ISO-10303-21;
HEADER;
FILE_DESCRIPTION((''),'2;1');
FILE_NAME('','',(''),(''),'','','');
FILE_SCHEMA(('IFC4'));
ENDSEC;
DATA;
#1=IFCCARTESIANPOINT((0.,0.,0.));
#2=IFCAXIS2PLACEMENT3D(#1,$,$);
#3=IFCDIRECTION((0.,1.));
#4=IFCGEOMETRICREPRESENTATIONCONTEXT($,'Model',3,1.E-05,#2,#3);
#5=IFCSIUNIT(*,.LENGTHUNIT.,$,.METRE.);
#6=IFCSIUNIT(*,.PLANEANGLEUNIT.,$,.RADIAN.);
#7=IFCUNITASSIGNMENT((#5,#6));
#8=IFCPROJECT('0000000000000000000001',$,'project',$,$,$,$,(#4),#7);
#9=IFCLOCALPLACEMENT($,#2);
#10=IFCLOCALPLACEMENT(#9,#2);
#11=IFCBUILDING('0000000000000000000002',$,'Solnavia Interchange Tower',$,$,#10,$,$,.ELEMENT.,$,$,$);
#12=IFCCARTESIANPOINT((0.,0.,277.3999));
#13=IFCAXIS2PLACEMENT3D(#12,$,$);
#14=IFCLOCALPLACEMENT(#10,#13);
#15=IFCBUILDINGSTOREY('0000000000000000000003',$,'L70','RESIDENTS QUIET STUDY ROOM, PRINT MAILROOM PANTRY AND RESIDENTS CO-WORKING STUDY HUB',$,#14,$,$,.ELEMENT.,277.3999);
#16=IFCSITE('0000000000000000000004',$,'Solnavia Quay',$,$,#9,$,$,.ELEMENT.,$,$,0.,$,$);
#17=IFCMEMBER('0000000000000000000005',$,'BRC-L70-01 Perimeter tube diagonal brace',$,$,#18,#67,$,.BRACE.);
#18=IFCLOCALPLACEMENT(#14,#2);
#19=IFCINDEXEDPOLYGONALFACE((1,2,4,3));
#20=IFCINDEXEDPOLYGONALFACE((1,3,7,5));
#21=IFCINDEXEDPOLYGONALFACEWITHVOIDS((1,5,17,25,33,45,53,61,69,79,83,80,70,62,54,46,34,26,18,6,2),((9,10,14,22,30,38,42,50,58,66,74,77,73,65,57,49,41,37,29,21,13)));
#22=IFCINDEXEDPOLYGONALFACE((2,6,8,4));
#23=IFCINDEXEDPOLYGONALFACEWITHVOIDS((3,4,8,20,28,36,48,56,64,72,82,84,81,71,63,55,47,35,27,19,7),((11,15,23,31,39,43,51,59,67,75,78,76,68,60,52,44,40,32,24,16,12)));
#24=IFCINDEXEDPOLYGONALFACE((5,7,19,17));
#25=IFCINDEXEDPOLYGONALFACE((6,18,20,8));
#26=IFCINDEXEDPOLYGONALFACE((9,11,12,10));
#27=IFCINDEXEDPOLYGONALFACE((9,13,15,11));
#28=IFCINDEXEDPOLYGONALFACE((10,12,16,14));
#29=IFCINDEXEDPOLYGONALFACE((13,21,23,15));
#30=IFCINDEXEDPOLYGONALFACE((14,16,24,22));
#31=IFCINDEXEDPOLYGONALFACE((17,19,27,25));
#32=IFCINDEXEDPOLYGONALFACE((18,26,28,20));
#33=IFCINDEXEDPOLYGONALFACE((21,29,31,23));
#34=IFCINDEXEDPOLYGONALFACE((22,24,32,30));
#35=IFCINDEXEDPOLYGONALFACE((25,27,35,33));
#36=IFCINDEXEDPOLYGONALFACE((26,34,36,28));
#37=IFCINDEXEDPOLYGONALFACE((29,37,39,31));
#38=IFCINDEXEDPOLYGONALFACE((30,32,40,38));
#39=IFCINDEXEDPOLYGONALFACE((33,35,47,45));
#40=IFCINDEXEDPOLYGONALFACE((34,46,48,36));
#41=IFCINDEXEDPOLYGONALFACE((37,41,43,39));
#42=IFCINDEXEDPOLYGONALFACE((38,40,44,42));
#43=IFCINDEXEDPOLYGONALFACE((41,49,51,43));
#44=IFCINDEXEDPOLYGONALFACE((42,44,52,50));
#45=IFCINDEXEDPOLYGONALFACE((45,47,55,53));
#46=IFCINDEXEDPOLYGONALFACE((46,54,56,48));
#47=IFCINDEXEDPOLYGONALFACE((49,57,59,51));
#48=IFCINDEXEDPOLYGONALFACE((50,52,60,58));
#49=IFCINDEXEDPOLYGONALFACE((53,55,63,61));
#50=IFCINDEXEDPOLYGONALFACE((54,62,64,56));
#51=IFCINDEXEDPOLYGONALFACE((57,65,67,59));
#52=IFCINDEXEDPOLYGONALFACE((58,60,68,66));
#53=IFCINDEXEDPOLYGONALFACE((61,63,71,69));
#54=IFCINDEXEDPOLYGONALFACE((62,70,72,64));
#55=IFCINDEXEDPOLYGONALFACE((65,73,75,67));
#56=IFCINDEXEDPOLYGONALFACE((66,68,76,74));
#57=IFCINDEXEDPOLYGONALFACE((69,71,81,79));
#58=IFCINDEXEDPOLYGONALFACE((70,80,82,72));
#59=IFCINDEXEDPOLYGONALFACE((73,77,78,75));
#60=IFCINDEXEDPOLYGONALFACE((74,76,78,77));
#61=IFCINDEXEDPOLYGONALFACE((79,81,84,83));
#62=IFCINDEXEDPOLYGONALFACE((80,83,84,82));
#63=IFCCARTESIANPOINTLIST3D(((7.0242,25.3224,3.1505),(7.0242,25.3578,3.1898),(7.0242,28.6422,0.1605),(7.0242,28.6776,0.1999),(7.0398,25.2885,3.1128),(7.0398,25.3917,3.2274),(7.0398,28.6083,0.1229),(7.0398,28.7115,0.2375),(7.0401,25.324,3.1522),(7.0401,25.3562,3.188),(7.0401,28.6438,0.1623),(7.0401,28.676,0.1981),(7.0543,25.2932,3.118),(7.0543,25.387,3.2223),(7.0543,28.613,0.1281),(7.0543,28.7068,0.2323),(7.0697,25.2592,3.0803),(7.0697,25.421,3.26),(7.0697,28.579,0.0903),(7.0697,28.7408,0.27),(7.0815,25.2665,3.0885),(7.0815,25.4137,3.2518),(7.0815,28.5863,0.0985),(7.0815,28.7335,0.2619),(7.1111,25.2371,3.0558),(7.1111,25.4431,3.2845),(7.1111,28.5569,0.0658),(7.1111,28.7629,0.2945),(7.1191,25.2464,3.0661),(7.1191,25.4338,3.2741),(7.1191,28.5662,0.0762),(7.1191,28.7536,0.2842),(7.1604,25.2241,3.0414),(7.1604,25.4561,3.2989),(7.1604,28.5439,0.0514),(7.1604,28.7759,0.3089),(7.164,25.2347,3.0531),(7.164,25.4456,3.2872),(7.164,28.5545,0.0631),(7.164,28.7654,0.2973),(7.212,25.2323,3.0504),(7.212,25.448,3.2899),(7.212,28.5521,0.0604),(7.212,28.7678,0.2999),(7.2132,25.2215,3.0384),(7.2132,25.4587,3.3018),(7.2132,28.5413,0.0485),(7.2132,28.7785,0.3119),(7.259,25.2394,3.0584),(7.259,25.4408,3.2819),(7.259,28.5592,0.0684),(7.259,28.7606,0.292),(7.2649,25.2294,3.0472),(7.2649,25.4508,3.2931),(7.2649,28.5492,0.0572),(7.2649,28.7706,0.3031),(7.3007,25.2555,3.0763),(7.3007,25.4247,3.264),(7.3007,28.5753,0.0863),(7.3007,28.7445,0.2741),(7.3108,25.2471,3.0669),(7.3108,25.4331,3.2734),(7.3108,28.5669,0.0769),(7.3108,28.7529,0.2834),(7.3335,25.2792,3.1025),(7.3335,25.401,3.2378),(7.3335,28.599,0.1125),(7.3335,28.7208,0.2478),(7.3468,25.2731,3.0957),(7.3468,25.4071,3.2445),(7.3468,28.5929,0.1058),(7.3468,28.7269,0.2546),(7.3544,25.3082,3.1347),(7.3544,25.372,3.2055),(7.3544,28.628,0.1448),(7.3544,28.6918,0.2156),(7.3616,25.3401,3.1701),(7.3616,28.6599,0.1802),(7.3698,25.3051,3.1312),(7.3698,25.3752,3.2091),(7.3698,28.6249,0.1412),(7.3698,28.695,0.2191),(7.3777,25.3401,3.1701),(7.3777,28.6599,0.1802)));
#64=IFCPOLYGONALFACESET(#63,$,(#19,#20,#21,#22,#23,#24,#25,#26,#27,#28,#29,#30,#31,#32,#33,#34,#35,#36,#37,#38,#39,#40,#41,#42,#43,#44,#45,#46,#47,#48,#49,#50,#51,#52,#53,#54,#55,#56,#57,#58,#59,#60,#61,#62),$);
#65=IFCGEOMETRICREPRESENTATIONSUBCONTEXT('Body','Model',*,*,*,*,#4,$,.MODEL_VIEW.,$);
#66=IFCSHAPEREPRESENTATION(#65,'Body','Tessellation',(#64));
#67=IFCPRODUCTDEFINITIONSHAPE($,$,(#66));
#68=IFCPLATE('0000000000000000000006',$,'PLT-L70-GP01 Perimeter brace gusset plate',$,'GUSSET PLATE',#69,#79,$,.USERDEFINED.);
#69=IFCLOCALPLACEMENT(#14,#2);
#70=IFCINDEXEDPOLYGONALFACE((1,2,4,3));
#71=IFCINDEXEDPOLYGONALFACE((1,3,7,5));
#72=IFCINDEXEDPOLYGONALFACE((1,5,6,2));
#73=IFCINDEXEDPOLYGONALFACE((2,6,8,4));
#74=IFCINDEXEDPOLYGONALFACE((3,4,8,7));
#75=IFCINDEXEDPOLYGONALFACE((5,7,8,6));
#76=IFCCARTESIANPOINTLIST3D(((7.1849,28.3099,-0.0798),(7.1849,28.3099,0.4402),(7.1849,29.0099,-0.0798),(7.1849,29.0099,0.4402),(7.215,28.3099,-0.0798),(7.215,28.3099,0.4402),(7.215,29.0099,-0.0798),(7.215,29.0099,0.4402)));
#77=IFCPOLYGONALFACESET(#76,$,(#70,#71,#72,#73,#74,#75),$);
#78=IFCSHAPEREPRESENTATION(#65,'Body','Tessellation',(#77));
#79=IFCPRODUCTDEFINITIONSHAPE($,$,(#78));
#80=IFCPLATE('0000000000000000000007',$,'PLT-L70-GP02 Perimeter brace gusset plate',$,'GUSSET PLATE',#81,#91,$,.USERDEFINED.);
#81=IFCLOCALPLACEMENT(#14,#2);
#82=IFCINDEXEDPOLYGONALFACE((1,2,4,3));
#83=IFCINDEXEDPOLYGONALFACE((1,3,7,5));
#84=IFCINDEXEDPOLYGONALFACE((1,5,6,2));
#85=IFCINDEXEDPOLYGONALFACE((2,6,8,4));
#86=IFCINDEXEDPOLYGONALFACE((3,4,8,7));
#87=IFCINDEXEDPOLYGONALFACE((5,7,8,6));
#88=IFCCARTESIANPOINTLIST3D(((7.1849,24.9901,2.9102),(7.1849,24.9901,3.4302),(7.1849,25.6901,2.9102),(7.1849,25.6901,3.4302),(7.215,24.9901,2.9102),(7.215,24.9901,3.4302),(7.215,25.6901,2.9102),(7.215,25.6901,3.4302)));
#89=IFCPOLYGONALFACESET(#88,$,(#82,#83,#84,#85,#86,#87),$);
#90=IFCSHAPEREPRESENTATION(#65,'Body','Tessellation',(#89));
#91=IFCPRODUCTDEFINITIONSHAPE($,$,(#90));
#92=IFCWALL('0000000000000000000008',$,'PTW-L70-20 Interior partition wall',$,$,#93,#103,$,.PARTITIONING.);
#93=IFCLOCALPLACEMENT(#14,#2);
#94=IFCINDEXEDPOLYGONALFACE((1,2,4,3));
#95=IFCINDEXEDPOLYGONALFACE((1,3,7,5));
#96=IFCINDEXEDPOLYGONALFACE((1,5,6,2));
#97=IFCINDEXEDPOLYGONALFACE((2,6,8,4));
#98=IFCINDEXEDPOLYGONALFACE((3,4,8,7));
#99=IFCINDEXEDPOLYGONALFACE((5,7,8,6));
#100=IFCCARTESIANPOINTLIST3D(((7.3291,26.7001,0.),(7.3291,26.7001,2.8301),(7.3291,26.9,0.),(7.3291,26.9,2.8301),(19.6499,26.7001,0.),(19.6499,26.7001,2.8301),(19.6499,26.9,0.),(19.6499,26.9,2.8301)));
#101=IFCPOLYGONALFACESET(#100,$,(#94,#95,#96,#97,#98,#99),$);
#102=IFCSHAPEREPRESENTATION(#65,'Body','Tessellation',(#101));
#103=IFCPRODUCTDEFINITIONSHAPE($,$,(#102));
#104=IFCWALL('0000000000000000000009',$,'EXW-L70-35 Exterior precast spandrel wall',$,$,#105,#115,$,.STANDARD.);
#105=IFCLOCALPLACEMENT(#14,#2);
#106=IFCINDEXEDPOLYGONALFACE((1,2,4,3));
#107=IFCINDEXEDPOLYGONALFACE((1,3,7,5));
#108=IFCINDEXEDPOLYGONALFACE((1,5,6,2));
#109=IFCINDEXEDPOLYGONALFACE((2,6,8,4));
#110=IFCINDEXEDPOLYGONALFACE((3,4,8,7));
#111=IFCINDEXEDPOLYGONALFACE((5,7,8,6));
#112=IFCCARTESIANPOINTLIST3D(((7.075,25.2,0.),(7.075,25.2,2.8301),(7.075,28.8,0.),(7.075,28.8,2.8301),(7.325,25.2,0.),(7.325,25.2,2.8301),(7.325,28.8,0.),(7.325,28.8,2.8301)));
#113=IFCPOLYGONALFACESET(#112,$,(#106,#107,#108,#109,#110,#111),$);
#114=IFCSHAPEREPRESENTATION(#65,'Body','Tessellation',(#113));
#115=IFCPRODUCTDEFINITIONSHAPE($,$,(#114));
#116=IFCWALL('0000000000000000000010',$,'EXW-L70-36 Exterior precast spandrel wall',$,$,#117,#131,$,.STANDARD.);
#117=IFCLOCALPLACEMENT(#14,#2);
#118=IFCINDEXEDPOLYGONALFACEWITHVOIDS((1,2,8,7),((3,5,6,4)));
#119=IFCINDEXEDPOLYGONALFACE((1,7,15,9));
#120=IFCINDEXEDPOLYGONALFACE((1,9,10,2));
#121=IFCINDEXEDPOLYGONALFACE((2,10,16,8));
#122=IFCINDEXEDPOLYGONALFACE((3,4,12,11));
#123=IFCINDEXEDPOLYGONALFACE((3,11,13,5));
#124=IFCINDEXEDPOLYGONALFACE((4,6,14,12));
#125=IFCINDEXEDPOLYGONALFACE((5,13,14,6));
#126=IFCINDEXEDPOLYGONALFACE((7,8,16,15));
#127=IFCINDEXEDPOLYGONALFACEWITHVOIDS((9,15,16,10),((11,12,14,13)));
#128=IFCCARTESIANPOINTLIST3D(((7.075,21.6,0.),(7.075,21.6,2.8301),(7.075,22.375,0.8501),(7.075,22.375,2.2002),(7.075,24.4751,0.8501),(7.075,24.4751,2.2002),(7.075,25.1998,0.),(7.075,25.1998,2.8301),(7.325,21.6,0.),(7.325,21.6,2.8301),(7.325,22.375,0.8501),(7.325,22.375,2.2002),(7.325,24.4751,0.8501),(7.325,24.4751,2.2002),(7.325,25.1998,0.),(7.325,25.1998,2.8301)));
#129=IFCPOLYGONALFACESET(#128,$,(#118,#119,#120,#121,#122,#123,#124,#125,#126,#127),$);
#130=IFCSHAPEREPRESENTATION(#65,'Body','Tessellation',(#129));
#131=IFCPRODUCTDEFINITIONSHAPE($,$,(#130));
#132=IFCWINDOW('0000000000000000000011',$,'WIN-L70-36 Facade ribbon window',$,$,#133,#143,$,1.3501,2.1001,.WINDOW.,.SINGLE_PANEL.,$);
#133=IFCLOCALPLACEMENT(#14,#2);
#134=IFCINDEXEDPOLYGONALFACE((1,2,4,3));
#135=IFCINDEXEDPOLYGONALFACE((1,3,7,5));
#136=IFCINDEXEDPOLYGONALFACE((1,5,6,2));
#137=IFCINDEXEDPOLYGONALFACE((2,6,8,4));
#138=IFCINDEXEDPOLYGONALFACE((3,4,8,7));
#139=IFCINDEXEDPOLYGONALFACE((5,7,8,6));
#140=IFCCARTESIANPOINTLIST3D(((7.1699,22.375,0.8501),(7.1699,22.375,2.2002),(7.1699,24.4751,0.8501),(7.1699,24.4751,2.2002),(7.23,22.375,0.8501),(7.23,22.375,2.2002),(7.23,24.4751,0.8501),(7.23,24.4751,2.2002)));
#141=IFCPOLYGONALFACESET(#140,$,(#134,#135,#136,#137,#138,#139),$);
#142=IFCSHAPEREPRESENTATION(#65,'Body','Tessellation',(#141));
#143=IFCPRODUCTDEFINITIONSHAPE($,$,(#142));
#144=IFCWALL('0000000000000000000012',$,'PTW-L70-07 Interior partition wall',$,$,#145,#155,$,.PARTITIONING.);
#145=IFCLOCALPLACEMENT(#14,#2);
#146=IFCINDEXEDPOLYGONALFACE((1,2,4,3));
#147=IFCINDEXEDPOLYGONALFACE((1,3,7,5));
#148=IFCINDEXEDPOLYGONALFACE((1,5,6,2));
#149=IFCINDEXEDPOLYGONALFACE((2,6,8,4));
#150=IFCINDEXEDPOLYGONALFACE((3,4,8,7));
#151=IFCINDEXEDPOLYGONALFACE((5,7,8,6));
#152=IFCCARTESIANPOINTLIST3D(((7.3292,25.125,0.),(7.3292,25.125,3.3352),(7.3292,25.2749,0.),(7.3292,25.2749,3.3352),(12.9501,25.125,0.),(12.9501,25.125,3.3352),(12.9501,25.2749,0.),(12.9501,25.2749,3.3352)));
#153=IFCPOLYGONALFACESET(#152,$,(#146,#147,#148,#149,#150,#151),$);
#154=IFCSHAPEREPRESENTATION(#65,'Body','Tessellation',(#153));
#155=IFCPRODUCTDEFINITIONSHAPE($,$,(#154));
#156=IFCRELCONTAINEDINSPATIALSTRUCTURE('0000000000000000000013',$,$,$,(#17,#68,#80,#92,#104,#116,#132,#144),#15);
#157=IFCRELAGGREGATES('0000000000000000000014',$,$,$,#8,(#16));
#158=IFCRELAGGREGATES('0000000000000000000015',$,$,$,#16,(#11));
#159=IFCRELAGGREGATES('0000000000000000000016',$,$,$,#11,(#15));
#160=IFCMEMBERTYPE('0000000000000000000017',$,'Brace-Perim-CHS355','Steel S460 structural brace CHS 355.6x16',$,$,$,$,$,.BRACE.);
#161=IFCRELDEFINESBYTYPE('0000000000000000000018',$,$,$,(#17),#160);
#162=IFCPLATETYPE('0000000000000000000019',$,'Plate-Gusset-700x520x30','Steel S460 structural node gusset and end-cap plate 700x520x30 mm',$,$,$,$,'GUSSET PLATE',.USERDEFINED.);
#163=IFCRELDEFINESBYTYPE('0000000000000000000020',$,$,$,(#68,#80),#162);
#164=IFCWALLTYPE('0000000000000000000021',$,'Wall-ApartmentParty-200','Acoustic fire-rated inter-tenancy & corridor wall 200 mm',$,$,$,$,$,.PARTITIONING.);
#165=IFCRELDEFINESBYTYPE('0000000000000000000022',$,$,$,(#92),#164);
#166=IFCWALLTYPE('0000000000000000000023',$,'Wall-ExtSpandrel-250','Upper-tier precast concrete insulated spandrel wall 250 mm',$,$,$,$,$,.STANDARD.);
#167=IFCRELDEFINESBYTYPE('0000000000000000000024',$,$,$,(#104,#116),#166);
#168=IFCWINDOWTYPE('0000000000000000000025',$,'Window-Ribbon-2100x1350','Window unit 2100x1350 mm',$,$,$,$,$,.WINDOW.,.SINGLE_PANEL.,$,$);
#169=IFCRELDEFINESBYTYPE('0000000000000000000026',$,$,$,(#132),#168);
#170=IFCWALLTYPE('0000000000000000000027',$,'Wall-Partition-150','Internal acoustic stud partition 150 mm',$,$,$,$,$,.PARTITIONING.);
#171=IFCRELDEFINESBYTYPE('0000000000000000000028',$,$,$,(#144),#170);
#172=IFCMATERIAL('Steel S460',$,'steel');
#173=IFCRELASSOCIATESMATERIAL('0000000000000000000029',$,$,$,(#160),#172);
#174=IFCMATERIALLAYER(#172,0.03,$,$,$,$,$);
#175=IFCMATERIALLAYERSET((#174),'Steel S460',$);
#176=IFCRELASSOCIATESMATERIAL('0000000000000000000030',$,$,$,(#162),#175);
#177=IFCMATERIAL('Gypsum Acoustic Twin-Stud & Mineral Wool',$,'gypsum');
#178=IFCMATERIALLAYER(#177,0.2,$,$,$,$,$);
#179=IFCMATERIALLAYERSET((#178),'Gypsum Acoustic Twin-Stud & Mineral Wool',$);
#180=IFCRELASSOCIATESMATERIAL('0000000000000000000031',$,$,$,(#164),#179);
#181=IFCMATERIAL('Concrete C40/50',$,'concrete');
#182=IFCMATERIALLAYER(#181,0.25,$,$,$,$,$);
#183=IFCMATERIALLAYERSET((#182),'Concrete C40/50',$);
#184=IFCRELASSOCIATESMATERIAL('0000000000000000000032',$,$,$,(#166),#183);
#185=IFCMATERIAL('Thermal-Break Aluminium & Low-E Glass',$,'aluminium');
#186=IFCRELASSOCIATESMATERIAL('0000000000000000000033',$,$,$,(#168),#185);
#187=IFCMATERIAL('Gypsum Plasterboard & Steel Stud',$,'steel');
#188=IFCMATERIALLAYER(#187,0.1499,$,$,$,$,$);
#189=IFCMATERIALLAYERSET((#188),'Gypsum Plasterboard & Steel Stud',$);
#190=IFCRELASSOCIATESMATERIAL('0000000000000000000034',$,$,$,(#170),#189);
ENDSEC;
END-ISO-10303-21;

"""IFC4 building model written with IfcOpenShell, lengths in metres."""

from ifc_helpers import new_model, si_unit, direction, frame, frame_2d, origin, origin_2d, place, context, subcontext, project, spatial, rectangle, hollow_circle, extrude, material, layer, layer_set, material_profile, profile_set, type_object, element, fill, save


model = new_model("IFC4")

# Units and contexts
model_context = context("Model", 3, precision=1e-05, world=origin(), true_north=direction((0.0, 1.0)))
body_context = subcontext(model_context, "Body", "Model", "MODEL_VIEW")
ifc_project = project(units=[si_unit("LENGTHUNIT", "METRE"), si_unit("PLANEANGLEUNIT", "RADIAN")], contexts=[model_context])

# Site, building, storey
site_placement = place(None, origin())
site = spatial("IfcSite", under=ifc_project, at=site_placement, Name="Solnavia Quay", CompositionType="ELEMENT", RefElevation=0.0)
building_placement = place(site_placement, origin())
building = spatial("IfcBuilding", under=site, at=building_placement, Name="Solnavia Interchange Tower", CompositionType="ELEMENT")
storey_placement = place(building_placement, frame((0.0, 0.0, 277.3999)))
storey = spatial("IfcBuildingStorey", under=building, at=storey_placement, Name="L70", Description="RESIDENTS QUIET STUDY ROOM, PRINT MAILROOM PANTRY AND RESIDENTS CO-WORKING STUDY HUB", CompositionType="ELEMENT", Elevation=277.3999)

# Shared definitions
ifc_material_1 = material(Name="Steel S460", Category="steel")

# Member
ifc_material_profile_1 = material_profile(ifc_material_1, hollow_circle(Radius=0.1777, WallThickness=0.0161, at=origin_2d()), Name="CHS 355.6x16")
ifc_profile_set_1 = profile_set([ifc_material_profile_1], Name="Steel S460")
member_type = type_object("IfcMemberType", Name="Brace-Perim-CHS355", Description="Steel S460 structural brace CHS 355.6x16", PredefinedType="BRACE", material=ifc_profile_set_1)
member_placement = place(storey_placement, frame((7.2, 28.6599, 0.1802), z_axis=(0.0, -0.743055, 0.66923), x_axis=(1.0, 0.0, 0.0)))
element("IfcMember", 1, at=member_placement, inside=storey, type_object=member_type, Name="BRC-L70-01 Perimeter tube diagonal brace", PredefinedType="BRACE", context=body_context, shape_type="SweptSolid", body=[
    extrude(hollow_circle(Radius=0.1777, WallThickness=0.0161, at=origin_2d()), origin(), (0.0, 0.0, 1.0), 4.4678),
])

# Plates
ifc_layer_1 = layer(ifc_material_1, 0.03)
ifc_layer_set_1 = layer_set([ifc_layer_1], Name="Steel S460")
plate_type = type_object("IfcPlateType", Name="Plate-Gusset-700x520x30", Description="Steel S460 structural node gusset and end-cap plate 700x520x30 mm", ElementType="GUSSET PLATE", PredefinedType="USERDEFINED", material=ifc_layer_set_1)
for number, where, z_axis, x_axis, name in (
    (2, (7.2, 28.6599, -0.0798), (0.0, 0.0, 1.0), (0.0, -1.0, 0.0), "PLT-L70-GP01 Perimeter brace gusset plate"),
    (3, (7.2, 25.3401, 2.9102), (0.0, 0.0, 1.0), (0.0, -1.0, 0.0), "PLT-L70-GP02 Perimeter brace gusset plate"),
):
    element("IfcPlate", number, at=place(storey_placement, frame(where, z_axis=z_axis, x_axis=x_axis)), inside=storey, type_object=plate_type, Name=name, ObjectType="GUSSET PLATE", PredefinedType="USERDEFINED", context=body_context, shape_type="SweptSolid", body=[
        extrude(rectangle(XDim=0.7, YDim=0.03, at=origin_2d()), origin(), (0.0, 0.0, 1.0), 0.52),
    ])

# Walls
ifc_material_2 = material(Name="Gypsum Acoustic Twin-Stud & Mineral Wool", Category="gypsum")
ifc_layer_2 = layer(ifc_material_2, 0.2)
ifc_layer_set_2 = layer_set([ifc_layer_2], Name="Gypsum Acoustic Twin-Stud & Mineral Wool")
wall_type_1 = type_object("IfcWallType", Name="Wall-ApartmentParty-200", Description="Acoustic fire-rated inter-tenancy & corridor wall 200 mm", PredefinedType="PARTITIONING", material=ifc_layer_set_2)
wall_1_placement = place(storey_placement, frame((7.3291, 26.8, 0.0), z_axis=(0.0, 0.0, 1.0), x_axis=(1.0, 0.0, 0.0)))
element("IfcWall", 4, at=wall_1_placement, inside=storey, type_object=wall_type_1, Name="PTW-L70-20 Interior partition wall", PredefinedType="PARTITIONING", context=body_context, shape_type="SweptSolid", body=[
    extrude(rectangle(XDim=12.3208, YDim=0.2, at=frame_2d((6.1604, 0.0))), origin(), (0.0, 0.0, 1.0), 2.8301),
])
ifc_material_3 = material(Name="Concrete C40/50", Category="concrete")
ifc_layer_3 = layer(ifc_material_3, 0.25)
ifc_layer_set_3 = layer_set([ifc_layer_3], Name="Concrete C40/50")
wall_type_2 = type_object("IfcWallType", Name="Wall-ExtSpandrel-250", Description="Upper-tier precast concrete insulated spandrel wall 250 mm", PredefinedType="STANDARD", material=ifc_layer_set_3)
wall_2_placement = place(storey_placement, frame((7.2, 25.2, 0.0), z_axis=(0.0, 0.0, 1.0), x_axis=(0.0, 1.0, 0.0)))
element("IfcWall", 5, at=wall_2_placement, inside=storey, type_object=wall_type_2, Name="EXW-L70-35 Exterior precast spandrel wall", PredefinedType="STANDARD", context=body_context, shape_type="SweptSolid", body=[
    extrude(rectangle(XDim=3.6001, YDim=0.25, at=frame_2d((1.8, 0.0))), origin(), (0.0, 0.0, 1.0), 2.8301),
])

# Wall, opening, window
wall_3_placement = place(storey_placement, frame((7.2, 21.6001, 0.0), z_axis=(0.0, 0.0, 1.0), x_axis=(0.0, 1.0, 0.0)))
wall_3 = element("IfcWall", 6, at=wall_3_placement, inside=storey, type_object=wall_type_2, Name="EXW-L70-36 Exterior precast spandrel wall", PredefinedType="STANDARD", context=body_context, shape_type="SweptSolid", body=[
    extrude(rectangle(XDim=3.5999, YDim=0.25, at=frame_2d((1.7998, 0.0))), origin(), (0.0, 0.0, 1.0), 2.8301),
])
opening_1_placement = place(wall_3_placement, frame((0.7749, 0.0, 0.8501)))
opening_1 = element("IfcOpeningElement", 7, at=opening_1_placement, cuts=wall_3, PredefinedType="OPENING", context=body_context, shape_type="SweptSolid", body=[
    extrude(rectangle(XDim=2.1001, YDim=1.3501, at=frame_2d((1.05, 0.675))), frame((0.0, 0.135, 0.0), z_axis=(0.0, -1.0, 0.0), x_axis=(1.0, 0.0, 0.0)), (0.0, 0.0, 1.0), 0.27),
])
ifc_material_4 = material(Name="Thermal-Break Aluminium & Low-E Glass", Category="aluminium")
window_type = type_object("IfcWindowType", Name="Window-Ribbon-2100x1350", Description="Window unit 2100x1350 mm", PartitioningType="SINGLE_PANEL", PredefinedType="WINDOW", material=ifc_material_4)
window_placement = place(opening_1_placement, origin())
window = element("IfcWindow", 8, at=window_placement, inside=storey, type_object=window_type, Name="WIN-L70-36 Facade ribbon window", OverallHeight=1.3501, OverallWidth=2.1001, PartitioningType="SINGLE_PANEL", PredefinedType="WINDOW", context=body_context, shape_type="SweptSolid", body=[
    extrude(rectangle(XDim=2.1001, YDim=1.3501, at=frame_2d((1.05, 0.675))), frame((0.0, 0.03, 0.0), z_axis=(0.0, -1.0, 0.0), x_axis=(1.0, 0.0, 0.0)), (0.0, 0.0, 1.0), 0.0601),
])
fill(opening_1, window)

# Wall
ifc_material_5 = material(Name="Gypsum Plasterboard & Steel Stud", Category="steel")
ifc_layer_4 = layer(ifc_material_5, 0.1499)
ifc_layer_set_4 = layer_set([ifc_layer_4], Name="Gypsum Plasterboard & Steel Stud")
wall_type_3 = type_object("IfcWallType", Name="Wall-Partition-150", Description="Internal acoustic stud partition 150 mm", PredefinedType="PARTITIONING", material=ifc_layer_set_4)
wall_4_placement = place(storey_placement, frame((7.3291, 25.2, 0.0), z_axis=(0.0, 0.0, 1.0), x_axis=(1.0, 0.0, 0.0)))
element("IfcWall", 9, at=wall_4_placement, inside=storey, type_object=wall_type_3, Name="PTW-L70-07 Interior partition wall", PredefinedType="PARTITIONING", context=body_context, shape_type="SweptSolid", body=[
    extrude(rectangle(XDim=5.6208, YDim=0.1499, at=frame_2d((2.8105, 0.0))), origin(), (0.0, 0.0, 1.0), 3.3352),
])

save(model, "model.ifc")
